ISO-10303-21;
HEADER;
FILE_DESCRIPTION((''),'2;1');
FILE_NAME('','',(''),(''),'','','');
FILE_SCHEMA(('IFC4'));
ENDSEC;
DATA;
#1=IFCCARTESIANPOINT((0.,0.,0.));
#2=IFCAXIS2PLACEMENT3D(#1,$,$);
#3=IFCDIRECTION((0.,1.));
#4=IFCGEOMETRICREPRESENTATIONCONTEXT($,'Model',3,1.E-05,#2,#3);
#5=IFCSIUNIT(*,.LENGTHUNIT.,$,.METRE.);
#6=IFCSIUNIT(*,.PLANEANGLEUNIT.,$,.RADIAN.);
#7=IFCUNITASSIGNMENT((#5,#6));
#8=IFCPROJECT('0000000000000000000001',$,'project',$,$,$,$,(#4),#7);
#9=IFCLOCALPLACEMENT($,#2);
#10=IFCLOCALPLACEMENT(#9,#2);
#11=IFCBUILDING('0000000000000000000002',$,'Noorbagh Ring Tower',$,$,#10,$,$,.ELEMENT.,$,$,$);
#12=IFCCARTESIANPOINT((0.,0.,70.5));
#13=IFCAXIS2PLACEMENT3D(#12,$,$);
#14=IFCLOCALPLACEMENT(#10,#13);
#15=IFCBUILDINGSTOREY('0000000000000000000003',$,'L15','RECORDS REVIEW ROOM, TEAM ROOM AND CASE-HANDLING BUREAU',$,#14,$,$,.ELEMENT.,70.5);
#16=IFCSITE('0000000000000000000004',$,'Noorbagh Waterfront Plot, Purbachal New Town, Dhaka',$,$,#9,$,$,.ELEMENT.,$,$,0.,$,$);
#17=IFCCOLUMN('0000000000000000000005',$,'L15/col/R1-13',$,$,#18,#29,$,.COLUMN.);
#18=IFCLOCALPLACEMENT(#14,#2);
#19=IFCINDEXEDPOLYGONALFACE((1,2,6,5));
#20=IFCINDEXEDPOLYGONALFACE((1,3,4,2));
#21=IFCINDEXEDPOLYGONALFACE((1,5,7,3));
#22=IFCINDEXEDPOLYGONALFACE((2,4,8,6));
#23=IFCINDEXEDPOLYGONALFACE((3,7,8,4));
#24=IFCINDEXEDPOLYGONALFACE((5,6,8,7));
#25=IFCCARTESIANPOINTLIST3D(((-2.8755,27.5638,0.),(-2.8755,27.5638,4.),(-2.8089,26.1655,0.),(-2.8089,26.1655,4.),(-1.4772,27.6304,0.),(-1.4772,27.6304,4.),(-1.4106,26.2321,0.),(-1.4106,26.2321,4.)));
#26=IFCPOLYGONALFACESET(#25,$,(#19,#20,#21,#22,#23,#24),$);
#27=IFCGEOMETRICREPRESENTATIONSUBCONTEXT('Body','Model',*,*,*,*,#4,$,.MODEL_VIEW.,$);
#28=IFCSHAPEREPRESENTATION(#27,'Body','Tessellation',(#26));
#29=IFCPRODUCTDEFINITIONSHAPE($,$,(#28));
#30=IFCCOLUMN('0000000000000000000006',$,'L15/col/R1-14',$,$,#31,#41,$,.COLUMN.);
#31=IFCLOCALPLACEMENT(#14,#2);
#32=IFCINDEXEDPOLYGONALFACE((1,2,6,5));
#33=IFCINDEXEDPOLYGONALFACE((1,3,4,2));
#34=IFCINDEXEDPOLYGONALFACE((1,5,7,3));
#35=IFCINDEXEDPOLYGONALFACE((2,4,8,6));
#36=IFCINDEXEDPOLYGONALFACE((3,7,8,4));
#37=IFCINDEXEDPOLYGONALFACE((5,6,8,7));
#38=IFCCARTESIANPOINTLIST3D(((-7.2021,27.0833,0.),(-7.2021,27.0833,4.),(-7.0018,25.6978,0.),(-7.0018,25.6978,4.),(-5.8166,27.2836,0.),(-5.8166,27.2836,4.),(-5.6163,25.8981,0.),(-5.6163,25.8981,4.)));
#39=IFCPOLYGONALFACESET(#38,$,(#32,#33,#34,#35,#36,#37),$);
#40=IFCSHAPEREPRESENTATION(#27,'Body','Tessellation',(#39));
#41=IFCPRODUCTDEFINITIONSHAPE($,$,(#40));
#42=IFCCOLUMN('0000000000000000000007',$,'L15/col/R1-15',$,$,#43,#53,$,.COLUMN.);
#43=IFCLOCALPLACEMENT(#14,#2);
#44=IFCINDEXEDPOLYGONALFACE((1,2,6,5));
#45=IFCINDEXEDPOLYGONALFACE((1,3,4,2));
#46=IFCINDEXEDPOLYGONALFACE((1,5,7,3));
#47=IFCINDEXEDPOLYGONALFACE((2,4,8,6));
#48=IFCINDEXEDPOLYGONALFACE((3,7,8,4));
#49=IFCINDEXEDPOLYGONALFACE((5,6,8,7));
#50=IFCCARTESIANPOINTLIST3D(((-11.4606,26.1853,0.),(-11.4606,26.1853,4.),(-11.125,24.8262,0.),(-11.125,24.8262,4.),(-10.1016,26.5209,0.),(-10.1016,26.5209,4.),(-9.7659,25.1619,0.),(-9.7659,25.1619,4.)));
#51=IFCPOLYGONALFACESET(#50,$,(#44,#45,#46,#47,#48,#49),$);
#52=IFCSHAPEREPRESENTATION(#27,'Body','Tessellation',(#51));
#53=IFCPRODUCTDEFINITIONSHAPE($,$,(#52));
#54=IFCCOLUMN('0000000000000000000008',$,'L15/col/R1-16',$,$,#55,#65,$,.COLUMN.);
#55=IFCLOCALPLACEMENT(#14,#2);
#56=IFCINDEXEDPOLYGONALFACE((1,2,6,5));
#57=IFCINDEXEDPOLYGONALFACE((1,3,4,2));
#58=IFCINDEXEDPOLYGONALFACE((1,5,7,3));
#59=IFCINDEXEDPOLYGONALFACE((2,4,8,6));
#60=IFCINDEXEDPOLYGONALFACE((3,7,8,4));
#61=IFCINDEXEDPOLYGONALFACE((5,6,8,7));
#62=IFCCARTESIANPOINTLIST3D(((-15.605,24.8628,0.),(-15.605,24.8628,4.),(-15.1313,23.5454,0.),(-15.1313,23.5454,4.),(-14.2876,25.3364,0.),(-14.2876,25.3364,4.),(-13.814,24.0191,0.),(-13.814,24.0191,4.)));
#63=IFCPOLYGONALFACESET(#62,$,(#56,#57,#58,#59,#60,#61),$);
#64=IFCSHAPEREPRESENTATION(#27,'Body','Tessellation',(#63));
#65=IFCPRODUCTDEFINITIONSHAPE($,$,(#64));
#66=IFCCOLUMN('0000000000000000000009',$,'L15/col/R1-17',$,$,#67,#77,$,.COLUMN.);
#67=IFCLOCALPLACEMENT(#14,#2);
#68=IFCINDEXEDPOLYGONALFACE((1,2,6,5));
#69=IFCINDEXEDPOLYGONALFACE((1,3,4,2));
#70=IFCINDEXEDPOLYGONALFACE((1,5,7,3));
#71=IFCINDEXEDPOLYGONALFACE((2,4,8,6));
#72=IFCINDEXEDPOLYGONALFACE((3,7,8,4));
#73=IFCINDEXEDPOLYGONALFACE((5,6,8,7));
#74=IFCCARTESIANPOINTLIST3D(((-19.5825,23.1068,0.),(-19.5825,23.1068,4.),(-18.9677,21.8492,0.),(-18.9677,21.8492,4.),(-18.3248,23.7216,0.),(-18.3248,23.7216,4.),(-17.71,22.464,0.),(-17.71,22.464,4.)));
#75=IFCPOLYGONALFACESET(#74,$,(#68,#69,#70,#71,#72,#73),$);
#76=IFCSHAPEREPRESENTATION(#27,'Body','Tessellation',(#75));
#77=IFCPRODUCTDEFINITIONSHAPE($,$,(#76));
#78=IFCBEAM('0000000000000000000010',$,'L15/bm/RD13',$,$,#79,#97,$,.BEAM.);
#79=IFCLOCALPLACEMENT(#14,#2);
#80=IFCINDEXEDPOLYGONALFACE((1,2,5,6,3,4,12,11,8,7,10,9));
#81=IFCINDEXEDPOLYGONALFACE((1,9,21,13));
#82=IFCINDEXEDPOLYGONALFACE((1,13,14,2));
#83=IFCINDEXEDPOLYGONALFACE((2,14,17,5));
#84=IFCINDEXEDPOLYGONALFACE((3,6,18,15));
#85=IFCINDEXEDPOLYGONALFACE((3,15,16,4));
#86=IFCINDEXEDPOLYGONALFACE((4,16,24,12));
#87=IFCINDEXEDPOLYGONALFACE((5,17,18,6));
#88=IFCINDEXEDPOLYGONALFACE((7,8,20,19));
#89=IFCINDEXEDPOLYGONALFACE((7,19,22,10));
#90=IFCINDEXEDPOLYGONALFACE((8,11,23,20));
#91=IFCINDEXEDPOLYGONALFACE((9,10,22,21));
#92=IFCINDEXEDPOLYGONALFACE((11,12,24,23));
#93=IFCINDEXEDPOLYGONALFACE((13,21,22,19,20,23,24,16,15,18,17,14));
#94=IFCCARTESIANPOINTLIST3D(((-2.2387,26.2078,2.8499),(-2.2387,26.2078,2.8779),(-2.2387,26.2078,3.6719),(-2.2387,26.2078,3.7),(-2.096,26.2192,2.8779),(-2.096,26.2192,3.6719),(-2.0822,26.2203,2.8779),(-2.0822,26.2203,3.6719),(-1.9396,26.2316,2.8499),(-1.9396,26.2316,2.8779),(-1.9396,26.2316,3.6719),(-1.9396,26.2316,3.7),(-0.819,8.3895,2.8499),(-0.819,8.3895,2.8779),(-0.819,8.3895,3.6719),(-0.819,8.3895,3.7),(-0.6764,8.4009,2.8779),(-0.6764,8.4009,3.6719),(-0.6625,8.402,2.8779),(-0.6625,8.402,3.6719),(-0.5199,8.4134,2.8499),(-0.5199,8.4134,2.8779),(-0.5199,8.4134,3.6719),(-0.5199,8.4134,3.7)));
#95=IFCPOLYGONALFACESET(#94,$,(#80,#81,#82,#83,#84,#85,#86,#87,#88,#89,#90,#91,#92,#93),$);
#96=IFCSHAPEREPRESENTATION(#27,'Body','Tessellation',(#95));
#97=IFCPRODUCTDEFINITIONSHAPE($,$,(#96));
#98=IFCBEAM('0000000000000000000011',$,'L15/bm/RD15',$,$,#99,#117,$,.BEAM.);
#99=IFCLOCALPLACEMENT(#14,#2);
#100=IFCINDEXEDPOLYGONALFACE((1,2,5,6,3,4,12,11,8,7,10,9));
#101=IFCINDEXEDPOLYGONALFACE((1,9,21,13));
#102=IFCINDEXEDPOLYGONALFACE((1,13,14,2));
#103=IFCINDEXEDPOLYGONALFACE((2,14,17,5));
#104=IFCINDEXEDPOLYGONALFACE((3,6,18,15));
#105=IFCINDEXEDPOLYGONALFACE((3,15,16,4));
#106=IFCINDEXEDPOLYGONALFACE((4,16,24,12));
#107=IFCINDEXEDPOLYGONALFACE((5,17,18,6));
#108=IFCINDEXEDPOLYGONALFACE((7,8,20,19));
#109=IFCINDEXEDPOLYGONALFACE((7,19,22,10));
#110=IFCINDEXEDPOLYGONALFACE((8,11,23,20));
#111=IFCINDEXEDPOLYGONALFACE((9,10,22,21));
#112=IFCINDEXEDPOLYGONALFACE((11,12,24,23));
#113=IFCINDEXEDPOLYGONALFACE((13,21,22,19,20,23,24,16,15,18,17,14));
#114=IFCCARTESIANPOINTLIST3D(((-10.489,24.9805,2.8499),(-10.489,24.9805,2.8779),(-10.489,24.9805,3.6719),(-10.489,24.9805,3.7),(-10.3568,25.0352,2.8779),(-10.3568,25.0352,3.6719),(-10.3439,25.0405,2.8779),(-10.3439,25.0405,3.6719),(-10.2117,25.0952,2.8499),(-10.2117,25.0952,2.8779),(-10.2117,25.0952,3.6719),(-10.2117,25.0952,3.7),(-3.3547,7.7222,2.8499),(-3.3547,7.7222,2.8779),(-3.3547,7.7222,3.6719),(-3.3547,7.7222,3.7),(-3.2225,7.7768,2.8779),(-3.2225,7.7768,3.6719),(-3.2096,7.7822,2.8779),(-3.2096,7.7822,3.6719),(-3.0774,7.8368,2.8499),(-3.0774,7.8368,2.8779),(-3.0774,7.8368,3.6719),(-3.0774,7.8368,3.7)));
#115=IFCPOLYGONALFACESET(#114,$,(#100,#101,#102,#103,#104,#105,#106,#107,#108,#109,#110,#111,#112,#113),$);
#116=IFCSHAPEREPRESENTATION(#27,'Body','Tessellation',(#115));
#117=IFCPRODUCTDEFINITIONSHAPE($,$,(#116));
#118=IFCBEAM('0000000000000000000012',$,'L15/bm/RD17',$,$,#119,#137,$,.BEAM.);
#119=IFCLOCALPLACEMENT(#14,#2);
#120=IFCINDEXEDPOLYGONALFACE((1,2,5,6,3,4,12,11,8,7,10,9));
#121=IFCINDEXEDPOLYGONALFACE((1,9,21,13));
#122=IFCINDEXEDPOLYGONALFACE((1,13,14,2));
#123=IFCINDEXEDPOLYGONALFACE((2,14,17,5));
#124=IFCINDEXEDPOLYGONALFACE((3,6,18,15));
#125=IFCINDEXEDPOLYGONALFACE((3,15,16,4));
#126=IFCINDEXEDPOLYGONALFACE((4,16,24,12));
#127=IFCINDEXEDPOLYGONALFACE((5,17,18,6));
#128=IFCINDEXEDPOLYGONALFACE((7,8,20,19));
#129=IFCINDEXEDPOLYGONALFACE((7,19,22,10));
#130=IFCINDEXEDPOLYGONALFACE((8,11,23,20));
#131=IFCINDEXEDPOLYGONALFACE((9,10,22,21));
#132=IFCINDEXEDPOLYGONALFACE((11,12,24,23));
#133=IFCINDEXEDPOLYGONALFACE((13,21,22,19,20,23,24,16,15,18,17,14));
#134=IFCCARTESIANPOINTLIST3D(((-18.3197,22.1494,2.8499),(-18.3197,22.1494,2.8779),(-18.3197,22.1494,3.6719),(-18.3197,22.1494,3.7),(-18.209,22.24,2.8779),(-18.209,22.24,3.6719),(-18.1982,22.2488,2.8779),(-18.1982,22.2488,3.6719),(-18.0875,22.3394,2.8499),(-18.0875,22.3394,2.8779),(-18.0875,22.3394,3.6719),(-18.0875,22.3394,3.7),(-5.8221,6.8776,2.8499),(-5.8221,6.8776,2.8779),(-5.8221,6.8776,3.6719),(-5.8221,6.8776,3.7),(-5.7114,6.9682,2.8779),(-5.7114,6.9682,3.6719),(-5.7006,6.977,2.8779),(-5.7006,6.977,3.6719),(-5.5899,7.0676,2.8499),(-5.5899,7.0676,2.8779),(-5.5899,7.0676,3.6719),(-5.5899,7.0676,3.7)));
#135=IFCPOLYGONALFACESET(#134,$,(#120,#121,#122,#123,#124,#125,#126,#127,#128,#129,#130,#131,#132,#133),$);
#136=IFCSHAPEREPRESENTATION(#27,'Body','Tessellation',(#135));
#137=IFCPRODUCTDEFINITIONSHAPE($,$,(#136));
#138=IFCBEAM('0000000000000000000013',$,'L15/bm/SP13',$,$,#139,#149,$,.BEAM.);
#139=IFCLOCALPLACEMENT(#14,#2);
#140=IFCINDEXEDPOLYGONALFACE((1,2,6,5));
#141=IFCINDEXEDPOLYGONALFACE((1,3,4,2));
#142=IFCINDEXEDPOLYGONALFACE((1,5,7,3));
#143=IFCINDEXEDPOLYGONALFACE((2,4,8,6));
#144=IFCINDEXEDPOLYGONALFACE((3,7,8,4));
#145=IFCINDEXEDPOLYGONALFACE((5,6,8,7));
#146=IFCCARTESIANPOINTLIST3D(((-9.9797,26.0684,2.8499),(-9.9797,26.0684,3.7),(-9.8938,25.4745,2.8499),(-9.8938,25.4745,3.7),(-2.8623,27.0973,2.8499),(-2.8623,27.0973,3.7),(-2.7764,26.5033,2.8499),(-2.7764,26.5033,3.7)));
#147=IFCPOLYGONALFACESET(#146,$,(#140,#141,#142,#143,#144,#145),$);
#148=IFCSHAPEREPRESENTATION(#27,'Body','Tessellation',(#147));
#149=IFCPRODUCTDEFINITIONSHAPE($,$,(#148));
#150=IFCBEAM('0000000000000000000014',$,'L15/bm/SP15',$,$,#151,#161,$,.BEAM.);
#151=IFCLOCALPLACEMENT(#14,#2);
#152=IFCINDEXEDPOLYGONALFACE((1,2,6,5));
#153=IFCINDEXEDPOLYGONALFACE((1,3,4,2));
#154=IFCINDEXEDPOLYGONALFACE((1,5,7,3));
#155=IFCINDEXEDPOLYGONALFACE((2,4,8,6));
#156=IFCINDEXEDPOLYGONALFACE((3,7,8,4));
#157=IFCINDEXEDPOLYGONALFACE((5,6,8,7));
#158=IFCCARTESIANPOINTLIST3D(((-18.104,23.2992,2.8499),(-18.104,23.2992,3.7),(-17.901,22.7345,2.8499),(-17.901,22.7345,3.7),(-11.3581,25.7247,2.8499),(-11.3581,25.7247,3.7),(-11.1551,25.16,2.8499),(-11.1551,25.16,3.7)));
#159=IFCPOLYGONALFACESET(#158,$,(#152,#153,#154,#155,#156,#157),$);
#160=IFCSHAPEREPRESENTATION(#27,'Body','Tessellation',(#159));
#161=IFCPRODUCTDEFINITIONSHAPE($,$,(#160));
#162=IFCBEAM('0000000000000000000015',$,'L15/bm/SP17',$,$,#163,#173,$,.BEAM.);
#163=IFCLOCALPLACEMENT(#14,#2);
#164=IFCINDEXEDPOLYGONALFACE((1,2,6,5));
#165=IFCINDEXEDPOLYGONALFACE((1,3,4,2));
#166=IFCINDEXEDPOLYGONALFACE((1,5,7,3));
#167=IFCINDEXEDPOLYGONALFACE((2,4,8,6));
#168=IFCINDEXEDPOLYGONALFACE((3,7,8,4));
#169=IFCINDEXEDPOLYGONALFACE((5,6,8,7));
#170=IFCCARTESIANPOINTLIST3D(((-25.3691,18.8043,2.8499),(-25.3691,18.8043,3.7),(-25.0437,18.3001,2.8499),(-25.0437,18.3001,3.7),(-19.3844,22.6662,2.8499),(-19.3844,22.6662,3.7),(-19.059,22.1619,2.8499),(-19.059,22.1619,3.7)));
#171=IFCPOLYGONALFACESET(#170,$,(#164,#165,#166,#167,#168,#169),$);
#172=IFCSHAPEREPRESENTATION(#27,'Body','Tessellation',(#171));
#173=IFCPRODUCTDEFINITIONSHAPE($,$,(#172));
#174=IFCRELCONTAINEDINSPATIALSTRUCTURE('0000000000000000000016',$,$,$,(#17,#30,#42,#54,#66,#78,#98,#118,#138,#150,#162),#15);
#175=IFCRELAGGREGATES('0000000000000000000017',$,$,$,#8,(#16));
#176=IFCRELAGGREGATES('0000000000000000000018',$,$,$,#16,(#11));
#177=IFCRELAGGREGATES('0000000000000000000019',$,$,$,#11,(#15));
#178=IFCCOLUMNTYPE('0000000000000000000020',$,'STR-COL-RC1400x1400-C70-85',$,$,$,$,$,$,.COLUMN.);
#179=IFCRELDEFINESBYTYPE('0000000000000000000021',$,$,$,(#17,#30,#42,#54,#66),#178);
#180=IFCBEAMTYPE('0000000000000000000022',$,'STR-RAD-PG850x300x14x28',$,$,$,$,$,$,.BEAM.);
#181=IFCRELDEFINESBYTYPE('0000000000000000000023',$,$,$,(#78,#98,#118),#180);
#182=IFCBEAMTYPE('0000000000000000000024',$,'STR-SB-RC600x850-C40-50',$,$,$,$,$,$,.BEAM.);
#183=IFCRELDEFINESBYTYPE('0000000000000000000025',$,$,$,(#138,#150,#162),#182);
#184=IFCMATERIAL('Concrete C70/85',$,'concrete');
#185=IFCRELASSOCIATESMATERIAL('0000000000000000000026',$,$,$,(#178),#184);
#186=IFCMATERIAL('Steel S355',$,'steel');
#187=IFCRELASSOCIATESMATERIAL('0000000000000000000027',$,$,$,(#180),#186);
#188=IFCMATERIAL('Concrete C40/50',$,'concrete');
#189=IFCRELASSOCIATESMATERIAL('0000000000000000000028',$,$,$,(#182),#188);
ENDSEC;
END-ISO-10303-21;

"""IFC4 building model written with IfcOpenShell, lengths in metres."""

from ifc_helpers import new_model, si_unit, direction, frame, origin, origin_2d, place, context, subcontext, project, spatial, rectangle, i_section, extrude, material, material_profile, profile_set, type_object, element, save


model = new_model("IFC4")

# Units and contexts
model_context = context("Model", 3, precision=1e-05, world=origin(), true_north=direction((0.0, 1.0)))
body_context = subcontext(model_context, "Body", "Model", "MODEL_VIEW")
ifc_project = project(units=[si_unit("LENGTHUNIT", "METRE"), si_unit("PLANEANGLEUNIT", "RADIAN")], contexts=[model_context])

# Site, building, storey
site_placement = place(None, origin())
site = spatial("IfcSite", under=ifc_project, at=site_placement, Name="Noorbagh Waterfront Plot, Purbachal New Town, Dhaka", CompositionType="ELEMENT", RefElevation=0.0)
building_placement = place(site_placement, origin())
building = spatial("IfcBuilding", under=site, at=building_placement, Name="Noorbagh Ring Tower", CompositionType="ELEMENT")
storey_placement = place(building_placement, frame((0.0, 0.0, 70.5)))
storey = spatial("IfcBuildingStorey", under=building, at=storey_placement, Name="L15", Description="RECORDS REVIEW ROOM, TEAM ROOM AND CASE-HANDLING BUREAU", CompositionType="ELEMENT", Elevation=70.5)

# Columns
ifc_material_1 = material(Name="Concrete C70/85", Category="concrete")
ifc_material_profile_1 = material_profile(ifc_material_1, rectangle(XDim=1.3999, YDim=1.3999, at=origin_2d()), Name="RC1400x1400")
ifc_profile_set_1 = profile_set([ifc_material_profile_1], Name="Concrete C70/85")
column_type = type_object("IfcColumnType", Name="STR-COL-RC1400x1400-C70-85", PredefinedType="COLUMN", material=ifc_profile_set_1)
for number, where, z_axis, x_axis, name in (
    (1, (-2.1431, 26.8979, 0.0), (0.0, 0.0, 1.0), (-0.998869, -0.047553, 0.0), "L15/col/R1-13"),
    (2, (-6.4092, 26.4907, 0.0), (0.0, 0.0, 1.0), (-0.989713, -0.143066, 0.0), "L15/col/R1-14"),
    (3, (-10.6133, 25.6736, 0.0), (0.0, 0.0, 1.0), (-0.970829, -0.239771, 0.0), "L15/col/R1-15"),
    (4, (-14.7095, 24.4409, 0.0), (0.0, 0.0, 1.0), (-0.941025, -0.338338, 0.0), "L15/col/R1-16"),
    (5, (-18.6462, 22.7854, 0.0), (0.0, 0.0, 1.0), (-0.898399, -0.43918, 0.0), "L15/col/R1-17"),
):
    element("IfcColumn", number, at=place(storey_placement, frame(where, z_axis=z_axis, x_axis=x_axis)), inside=storey, type_object=column_type, Name=name, PredefinedType="COLUMN", context=body_context, shape_type="SweptSolid", body=[
        extrude(rectangle(XDim=1.3999, YDim=1.3999, at=origin_2d()), origin(), (0.0, 0.0, 1.0), 4.0),
    ])

# Beams
ifc_material_2 = material(Name="Steel S355", Category="steel")
ifc_material_profile_2 = material_profile(ifc_material_2, i_section(OverallWidth=0.3, OverallDepth=0.8501, WebThickness=0.0139, FlangeThickness=0.0281, at=origin_2d()), Name="PG850x300x14x28")
ifc_profile_set_2 = profile_set([ifc_material_profile_2], Name="Steel S355")
beam_type_1 = type_object("IfcBeamType", Name="STR-RAD-PG850x300x14x28", PredefinedType="BEAM", material=ifc_profile_set_2)
beam_1_placement = place(storey_placement, frame((-2.0891, 26.2197, 3.2749), z_axis=(0.079423, -0.996841, 0.0), x_axis=(0.996841, 0.079423, 0.0)))
element("IfcBeam", 6, at=beam_1_placement, inside=storey, type_object=beam_type_1, Name="L15/bm/RD13", PredefinedType="BEAM", context=body_context, shape_type="SweptSolid", body=[
    extrude(i_section(OverallWidth=0.3, OverallDepth=0.8501, WebThickness=0.0139, FlangeThickness=0.0281, at=origin_2d()), origin(), (0.0, 0.0, 1.0), 17.8748),
])
beam_2_placement = place(storey_placement, frame((-10.3503, 25.0378, 3.2749), z_axis=(0.382028, -0.924151, 0.0), x_axis=(0.924151, 0.382028, 0.0)))
element("IfcBeam", 7, at=beam_2_placement, inside=storey, type_object=beam_type_1, Name="L15/bm/RD15", PredefinedType="BEAM", context=body_context, shape_type="SweptSolid", body=[
    extrude(i_section(OverallWidth=0.3, OverallDepth=0.8501, WebThickness=0.0139, FlangeThickness=0.0281, at=origin_2d()), origin(), (0.0, 0.0, 1.0), 18.6748),
])
beam_3_placement = place(storey_placement, frame((-18.2036, 22.2444, 3.2749), z_axis=(0.633314, -0.773895, 0.0), x_axis=(0.773895, 0.633314, 0.0)))
element("IfcBeam", 8, at=beam_3_placement, inside=storey, type_object=beam_type_1, Name="L15/bm/RD17", PredefinedType="BEAM", context=body_context, shape_type="SweptSolid", body=[
    extrude(i_section(OverallWidth=0.3, OverallDepth=0.8501, WebThickness=0.0139, FlangeThickness=0.0281, at=origin_2d()), origin(), (0.0, 0.0, 1.0), 19.7336),
])
ifc_material_3 = material(Name="Concrete C40/50", Category="concrete")
ifc_material_profile_3 = material_profile(ifc_material_3, rectangle(XDim=0.6001, YDim=0.8501, at=origin_2d()), Name="RC600x850")
ifc_profile_set_3 = profile_set([ifc_material_profile_3], Name="Concrete C40/50")
beam_type_2 = type_object("IfcBeamType", Name="STR-SB-RC600x850-C40-50", PredefinedType="BEAM", material=ifc_profile_set_3)
beam_4_placement = place(storey_placement, frame((-2.8193, 26.8003, 3.2749), z_axis=(-0.989714, -0.143061, 0.0), x_axis=(0.143061, -0.989714, 0.0)))
element("IfcBeam", 9, at=beam_4_placement, inside=storey, type_object=beam_type_2, Name="L15/bm/SP13", PredefinedType="BEAM", context=body_context, shape_type="SweptSolid", body=[
    extrude(rectangle(XDim=0.6001, YDim=0.8501, at=origin_2d()), origin(), (0.0, 0.0, 1.0), 7.1914),
])
beam_5_placement = place(storey_placement, frame((-11.2566, 25.4424, 3.2749), z_axis=(-0.941019, -0.338353, 0.0), x_axis=(0.338353, -0.941019, 0.0)))
element("IfcBeam", 10, at=beam_5_placement, inside=storey, type_object=beam_type_2, Name="L15/bm/SP15", PredefinedType="BEAM", context=body_context, shape_type="SweptSolid", body=[
    extrude(rectangle(XDim=0.6001, YDim=0.8501, at=origin_2d()), origin(), (0.0, 0.0, 1.0), 7.1687),
])
beam_6_placement = place(storey_placement, frame((-19.2217, 22.4141, 3.2749), z_axis=(-0.840247, -0.542203, 0.0), x_axis=(0.542203, -0.840247, 0.0)))
element("IfcBeam", 11, at=beam_6_placement, inside=storey, type_object=beam_type_2, Name="L15/bm/SP17", PredefinedType="BEAM", context=body_context, shape_type="SweptSolid", body=[
    extrude(rectangle(XDim=0.6001, YDim=0.8501, at=origin_2d()), origin(), (0.0, 0.0, 1.0), 7.1226),
])

save(model, "model.ifc")
